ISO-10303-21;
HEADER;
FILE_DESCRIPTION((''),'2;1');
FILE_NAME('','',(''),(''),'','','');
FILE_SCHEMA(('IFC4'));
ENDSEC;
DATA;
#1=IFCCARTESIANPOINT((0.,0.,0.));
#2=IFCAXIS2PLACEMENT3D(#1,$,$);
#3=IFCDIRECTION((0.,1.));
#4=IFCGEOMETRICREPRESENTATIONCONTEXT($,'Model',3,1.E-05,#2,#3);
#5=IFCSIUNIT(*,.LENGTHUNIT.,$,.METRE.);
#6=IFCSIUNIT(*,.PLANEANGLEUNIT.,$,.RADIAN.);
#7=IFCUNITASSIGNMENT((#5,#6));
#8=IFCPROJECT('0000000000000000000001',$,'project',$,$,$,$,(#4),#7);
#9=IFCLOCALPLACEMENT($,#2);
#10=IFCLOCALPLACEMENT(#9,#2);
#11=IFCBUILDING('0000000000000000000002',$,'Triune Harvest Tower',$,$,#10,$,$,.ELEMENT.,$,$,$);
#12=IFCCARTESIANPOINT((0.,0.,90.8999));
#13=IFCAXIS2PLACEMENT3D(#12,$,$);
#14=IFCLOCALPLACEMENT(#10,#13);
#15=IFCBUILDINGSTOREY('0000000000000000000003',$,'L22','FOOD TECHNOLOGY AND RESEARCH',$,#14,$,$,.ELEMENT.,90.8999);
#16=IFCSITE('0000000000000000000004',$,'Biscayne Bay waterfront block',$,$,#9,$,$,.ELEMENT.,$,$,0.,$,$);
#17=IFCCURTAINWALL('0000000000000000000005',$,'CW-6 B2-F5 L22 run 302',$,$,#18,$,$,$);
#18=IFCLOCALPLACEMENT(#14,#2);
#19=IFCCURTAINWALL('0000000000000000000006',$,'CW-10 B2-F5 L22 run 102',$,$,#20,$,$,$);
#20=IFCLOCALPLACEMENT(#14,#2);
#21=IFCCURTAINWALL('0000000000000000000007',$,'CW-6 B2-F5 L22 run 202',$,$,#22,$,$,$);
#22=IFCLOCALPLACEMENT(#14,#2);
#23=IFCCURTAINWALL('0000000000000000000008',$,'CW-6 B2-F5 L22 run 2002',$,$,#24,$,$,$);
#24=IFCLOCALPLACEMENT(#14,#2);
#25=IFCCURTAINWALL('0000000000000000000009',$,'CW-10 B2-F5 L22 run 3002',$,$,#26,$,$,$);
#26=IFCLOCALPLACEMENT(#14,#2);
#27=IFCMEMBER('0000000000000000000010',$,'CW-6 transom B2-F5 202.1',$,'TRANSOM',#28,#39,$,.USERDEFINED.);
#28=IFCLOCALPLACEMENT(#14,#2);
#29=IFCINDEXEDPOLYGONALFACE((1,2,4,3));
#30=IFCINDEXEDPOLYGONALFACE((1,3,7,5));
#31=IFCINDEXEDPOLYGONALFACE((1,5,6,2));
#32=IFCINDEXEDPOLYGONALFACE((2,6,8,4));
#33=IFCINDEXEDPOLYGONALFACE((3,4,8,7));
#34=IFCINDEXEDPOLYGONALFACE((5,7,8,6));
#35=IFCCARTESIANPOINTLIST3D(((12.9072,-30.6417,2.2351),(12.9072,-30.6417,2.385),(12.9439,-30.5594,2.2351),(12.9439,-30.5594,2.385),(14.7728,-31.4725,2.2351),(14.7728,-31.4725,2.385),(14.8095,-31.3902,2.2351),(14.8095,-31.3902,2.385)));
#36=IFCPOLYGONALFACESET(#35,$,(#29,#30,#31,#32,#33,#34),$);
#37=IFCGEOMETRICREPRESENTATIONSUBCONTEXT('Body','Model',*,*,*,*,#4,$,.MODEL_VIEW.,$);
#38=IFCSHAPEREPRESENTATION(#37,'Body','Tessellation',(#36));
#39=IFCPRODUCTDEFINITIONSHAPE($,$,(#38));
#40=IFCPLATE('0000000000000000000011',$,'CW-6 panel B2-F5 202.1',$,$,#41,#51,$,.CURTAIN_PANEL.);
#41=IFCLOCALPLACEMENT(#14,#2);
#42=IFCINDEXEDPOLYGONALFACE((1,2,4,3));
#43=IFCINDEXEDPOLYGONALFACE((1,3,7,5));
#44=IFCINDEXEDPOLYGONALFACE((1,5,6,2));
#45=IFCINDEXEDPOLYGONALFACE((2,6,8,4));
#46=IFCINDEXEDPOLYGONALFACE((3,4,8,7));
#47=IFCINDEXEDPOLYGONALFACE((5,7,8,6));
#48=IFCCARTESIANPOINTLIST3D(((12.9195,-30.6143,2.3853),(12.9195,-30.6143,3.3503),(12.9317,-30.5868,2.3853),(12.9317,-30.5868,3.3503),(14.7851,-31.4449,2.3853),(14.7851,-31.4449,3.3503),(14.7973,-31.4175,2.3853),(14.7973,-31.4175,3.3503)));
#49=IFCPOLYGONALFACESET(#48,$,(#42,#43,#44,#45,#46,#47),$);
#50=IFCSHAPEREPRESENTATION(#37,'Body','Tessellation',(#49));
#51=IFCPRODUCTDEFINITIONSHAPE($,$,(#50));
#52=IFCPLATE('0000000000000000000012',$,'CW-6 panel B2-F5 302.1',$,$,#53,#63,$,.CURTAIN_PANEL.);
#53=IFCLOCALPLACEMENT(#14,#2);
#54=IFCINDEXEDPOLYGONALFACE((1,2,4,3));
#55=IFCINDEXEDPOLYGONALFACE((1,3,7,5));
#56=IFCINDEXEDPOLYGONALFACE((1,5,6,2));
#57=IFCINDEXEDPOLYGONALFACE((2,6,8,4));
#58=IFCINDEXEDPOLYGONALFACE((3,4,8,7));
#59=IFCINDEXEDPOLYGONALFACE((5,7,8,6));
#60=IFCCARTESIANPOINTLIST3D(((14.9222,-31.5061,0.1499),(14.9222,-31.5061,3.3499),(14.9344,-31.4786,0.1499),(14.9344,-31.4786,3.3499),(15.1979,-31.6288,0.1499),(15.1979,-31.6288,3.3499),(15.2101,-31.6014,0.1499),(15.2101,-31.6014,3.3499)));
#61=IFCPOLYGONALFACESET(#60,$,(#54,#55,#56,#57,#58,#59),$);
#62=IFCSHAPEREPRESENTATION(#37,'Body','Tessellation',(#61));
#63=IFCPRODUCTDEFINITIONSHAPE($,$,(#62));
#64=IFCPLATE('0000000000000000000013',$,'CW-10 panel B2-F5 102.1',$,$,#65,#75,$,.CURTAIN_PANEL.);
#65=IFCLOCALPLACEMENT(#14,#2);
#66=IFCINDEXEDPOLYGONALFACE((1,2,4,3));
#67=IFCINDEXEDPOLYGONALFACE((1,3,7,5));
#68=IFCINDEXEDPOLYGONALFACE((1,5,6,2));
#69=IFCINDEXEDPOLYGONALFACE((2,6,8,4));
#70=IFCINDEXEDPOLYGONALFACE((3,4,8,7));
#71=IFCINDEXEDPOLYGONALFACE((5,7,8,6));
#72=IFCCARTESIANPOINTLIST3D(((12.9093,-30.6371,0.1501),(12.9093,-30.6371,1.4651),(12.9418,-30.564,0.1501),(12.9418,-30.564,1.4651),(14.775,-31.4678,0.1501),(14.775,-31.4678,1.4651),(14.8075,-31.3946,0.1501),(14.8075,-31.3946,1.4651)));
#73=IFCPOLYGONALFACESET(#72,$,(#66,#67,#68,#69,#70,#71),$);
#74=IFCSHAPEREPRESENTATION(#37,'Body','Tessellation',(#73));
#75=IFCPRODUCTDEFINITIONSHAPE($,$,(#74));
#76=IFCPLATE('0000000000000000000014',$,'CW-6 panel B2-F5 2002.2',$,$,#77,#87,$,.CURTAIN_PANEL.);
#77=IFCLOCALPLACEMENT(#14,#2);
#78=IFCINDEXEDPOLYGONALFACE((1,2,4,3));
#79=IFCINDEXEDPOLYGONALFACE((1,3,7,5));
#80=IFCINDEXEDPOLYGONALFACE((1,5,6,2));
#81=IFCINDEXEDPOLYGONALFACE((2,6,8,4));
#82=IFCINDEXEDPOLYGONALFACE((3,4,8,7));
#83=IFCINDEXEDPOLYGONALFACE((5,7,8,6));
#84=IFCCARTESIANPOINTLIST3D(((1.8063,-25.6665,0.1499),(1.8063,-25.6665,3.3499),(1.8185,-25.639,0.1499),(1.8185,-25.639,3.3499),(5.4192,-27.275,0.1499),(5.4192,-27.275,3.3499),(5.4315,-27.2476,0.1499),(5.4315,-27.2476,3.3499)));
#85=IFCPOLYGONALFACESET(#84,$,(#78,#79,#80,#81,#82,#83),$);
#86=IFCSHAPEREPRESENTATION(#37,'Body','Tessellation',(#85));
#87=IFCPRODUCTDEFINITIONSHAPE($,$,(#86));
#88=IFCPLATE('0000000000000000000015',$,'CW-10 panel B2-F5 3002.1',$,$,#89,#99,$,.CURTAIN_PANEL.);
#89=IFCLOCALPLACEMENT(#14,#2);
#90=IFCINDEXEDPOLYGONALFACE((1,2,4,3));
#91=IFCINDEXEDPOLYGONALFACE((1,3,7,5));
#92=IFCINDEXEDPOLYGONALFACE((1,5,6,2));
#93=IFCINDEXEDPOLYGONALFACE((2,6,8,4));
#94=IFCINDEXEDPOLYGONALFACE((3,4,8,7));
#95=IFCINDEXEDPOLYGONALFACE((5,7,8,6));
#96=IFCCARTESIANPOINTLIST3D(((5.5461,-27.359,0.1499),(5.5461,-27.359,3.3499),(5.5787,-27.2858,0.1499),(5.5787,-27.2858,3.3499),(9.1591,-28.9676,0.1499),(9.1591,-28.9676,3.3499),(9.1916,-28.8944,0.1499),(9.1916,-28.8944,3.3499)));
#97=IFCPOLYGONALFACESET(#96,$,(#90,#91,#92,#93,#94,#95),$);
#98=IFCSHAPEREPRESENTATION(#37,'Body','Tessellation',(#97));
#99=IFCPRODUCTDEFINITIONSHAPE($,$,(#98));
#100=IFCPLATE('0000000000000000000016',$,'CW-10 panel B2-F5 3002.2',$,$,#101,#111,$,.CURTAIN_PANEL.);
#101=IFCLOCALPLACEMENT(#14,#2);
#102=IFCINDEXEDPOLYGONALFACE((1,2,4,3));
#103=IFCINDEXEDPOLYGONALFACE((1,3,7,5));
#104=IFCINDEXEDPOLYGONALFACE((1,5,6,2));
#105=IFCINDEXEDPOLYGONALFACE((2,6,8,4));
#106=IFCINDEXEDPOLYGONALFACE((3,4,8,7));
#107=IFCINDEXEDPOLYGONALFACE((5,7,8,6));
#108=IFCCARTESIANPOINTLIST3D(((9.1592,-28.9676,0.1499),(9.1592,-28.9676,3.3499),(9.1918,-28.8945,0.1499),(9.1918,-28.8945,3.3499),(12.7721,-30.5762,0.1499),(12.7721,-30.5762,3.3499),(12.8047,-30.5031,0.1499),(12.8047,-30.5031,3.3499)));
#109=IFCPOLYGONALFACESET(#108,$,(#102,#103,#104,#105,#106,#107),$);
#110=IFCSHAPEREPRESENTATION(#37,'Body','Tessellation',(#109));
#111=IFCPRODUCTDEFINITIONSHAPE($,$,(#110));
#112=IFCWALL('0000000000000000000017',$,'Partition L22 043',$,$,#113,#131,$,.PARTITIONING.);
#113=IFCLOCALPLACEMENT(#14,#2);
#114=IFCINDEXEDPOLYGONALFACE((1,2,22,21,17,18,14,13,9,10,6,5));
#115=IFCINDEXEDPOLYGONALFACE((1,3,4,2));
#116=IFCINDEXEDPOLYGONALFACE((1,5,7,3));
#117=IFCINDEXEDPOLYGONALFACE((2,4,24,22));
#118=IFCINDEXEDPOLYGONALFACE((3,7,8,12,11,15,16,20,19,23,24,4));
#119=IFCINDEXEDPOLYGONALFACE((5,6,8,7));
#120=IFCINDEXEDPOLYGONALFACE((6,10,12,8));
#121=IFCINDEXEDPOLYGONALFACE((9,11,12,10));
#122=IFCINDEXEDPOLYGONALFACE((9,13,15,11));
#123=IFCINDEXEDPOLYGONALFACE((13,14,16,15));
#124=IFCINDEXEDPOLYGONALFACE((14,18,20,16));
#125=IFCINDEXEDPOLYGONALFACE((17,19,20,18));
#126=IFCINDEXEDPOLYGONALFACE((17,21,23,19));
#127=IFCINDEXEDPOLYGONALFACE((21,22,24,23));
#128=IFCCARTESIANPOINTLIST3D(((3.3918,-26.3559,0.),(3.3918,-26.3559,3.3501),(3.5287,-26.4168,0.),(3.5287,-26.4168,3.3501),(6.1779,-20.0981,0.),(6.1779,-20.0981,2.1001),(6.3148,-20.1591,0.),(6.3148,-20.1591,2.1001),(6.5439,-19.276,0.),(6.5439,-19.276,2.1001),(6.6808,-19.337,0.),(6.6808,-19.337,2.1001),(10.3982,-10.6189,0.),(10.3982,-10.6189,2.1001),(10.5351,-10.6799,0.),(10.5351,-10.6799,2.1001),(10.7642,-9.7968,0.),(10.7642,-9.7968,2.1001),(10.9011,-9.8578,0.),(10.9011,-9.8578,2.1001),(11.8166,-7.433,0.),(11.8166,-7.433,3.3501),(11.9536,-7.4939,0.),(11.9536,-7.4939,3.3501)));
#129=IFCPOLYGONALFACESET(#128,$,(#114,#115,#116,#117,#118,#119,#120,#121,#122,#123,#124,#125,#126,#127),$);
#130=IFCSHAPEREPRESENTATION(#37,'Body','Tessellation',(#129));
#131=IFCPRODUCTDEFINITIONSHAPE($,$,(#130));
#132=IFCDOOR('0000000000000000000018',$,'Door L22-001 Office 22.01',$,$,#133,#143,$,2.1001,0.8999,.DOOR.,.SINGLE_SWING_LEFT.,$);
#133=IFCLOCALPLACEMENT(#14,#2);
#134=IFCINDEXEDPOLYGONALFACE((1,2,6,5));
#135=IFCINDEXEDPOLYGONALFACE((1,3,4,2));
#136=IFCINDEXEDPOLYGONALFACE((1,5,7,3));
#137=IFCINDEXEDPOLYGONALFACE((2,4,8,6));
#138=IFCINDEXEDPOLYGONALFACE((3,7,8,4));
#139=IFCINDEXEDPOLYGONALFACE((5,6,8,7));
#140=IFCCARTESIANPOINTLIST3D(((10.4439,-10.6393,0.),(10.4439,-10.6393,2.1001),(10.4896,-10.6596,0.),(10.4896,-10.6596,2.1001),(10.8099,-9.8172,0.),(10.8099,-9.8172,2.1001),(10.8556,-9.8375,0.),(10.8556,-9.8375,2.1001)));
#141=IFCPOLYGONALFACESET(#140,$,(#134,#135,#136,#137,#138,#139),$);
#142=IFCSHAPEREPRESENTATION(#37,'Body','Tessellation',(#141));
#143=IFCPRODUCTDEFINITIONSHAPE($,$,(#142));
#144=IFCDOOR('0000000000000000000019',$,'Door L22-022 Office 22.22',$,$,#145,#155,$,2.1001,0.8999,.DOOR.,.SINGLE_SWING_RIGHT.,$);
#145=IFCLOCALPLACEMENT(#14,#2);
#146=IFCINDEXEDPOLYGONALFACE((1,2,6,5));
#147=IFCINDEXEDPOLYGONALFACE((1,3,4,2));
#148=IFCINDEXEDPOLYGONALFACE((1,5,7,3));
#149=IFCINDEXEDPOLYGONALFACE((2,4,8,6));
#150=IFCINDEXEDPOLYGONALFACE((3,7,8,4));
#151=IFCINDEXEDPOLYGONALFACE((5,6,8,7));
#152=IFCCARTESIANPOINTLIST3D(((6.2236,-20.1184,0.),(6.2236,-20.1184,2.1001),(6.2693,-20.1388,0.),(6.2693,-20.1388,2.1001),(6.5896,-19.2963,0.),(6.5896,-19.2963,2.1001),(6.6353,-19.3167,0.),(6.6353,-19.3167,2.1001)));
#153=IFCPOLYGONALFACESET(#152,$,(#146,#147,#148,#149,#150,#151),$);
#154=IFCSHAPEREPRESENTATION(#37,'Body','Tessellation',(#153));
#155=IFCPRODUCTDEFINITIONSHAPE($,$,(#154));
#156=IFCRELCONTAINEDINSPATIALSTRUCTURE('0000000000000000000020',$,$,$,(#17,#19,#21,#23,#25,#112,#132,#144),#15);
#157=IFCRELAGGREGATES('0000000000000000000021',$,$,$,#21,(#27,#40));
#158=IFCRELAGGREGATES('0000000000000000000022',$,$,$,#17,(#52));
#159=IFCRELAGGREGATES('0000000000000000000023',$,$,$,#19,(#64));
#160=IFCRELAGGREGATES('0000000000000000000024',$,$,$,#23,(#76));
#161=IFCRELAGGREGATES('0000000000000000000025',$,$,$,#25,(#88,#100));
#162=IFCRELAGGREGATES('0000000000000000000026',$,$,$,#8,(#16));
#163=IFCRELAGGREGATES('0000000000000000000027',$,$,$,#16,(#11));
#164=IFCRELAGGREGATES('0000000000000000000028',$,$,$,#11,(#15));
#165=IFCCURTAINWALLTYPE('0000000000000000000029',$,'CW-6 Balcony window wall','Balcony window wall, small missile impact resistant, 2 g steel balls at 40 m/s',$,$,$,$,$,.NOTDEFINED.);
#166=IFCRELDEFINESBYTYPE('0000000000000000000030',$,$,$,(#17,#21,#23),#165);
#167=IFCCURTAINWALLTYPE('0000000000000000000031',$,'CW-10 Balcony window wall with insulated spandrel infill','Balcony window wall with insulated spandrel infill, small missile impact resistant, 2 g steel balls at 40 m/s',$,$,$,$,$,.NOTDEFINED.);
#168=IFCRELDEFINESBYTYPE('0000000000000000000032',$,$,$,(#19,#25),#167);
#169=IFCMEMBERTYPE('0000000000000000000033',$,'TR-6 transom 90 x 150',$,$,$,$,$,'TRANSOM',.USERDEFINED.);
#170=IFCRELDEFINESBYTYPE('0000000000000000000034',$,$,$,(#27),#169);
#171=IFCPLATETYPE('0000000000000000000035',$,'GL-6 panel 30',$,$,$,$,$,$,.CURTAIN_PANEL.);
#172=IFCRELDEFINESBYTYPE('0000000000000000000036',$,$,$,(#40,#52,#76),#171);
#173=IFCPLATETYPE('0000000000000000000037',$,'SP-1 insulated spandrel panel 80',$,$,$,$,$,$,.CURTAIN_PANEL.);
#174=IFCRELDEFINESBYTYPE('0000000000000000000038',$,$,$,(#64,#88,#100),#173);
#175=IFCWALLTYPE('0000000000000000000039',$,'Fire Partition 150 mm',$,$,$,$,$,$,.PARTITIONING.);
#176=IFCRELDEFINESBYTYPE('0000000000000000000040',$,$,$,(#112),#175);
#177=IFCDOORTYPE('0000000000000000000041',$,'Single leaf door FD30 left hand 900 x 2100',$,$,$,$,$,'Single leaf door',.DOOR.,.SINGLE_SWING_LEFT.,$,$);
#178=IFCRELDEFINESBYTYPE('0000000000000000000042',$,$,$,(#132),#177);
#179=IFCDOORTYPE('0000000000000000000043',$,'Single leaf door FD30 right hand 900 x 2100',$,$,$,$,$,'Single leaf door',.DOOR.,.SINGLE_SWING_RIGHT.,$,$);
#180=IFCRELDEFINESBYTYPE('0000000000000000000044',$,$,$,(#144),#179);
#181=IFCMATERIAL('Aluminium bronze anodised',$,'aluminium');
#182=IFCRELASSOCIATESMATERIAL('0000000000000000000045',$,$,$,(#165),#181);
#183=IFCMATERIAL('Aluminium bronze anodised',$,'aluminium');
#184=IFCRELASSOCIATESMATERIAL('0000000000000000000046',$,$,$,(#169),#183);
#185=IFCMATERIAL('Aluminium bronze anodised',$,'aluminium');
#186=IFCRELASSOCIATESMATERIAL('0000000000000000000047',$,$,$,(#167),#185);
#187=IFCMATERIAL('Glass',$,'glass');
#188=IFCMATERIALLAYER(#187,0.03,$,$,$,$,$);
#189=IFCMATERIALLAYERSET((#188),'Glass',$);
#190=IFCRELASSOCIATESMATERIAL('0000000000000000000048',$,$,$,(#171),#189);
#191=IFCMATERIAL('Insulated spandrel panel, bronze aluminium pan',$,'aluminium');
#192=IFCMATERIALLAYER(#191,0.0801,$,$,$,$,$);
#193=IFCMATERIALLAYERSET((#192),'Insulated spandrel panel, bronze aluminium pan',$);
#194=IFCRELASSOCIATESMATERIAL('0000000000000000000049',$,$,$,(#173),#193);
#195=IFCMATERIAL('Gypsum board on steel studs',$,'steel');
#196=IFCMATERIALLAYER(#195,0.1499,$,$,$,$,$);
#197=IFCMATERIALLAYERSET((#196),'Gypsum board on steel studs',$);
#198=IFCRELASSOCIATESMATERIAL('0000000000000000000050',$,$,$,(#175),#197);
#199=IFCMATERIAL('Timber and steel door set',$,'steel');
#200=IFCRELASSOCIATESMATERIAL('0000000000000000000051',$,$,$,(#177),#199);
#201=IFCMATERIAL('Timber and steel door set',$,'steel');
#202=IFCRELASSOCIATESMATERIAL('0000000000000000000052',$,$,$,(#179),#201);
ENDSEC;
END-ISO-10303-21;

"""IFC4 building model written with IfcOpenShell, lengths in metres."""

from ifc_helpers import new_model, si_unit, direction, frame, frame_2d, origin, origin_2d, place, context, subcontext, project, spatial, rectangle, extrude, source, transform, mapped, material, layer, layer_set, material_profile, profile_set, type_object, element, fill, aggregate, save


model = new_model("IFC4")

# Units and contexts
model_context = context("Model", 3, precision=1e-05, world=origin(), true_north=direction((0.0, 1.0)))
body_context = subcontext(model_context, "Body", "Model", "MODEL_VIEW")
ifc_project = project(units=[si_unit("LENGTHUNIT", "METRE"), si_unit("PLANEANGLEUNIT", "RADIAN")], contexts=[model_context])

# Site, building, storey
site_placement = place(None, origin())
site = spatial("IfcSite", under=ifc_project, at=site_placement, Name="Biscayne Bay waterfront block", CompositionType="ELEMENT", RefElevation=0.0)
building_placement = place(site_placement, origin())
building = spatial("IfcBuilding", under=site, at=building_placement, Name="Triune Harvest Tower", CompositionType="ELEMENT")
storey_placement = place(building_placement, frame((0.0, 0.0, 90.8999)))
storey = spatial("IfcBuildingStorey", under=building, at=storey_placement, Name="L22", Description="FOOD TECHNOLOGY AND RESEARCH", CompositionType="ELEMENT", Elevation=90.8999)

# Curtain wall
ifc_material_1 = material(Name="Aluminium bronze anodised", Category="aluminium")
curtain_wall_type_1 = type_object("IfcCurtainWallType", Name="CW-6 Balcony window wall", Description="Balcony window wall, small missile impact resistant, 2 g steel balls at 40 m/s", PredefinedType="NOTDEFINED", material=ifc_material_1)
curtain_wall_1_placement = place(storey_placement, origin())
curtain_wall_1 = element("IfcCurtainWall", 1, at=curtain_wall_1_placement, inside=storey, type_object=curtain_wall_type_1, Name="CW-6 B2-F5 L22 run 302")
ifc_material_2 = material(Name="Aluminium bronze anodised", Category="aluminium")
ifc_material_profile_1 = material_profile(ifc_material_2, rectangle(XDim=0.0901, YDim=0.1499, at=origin_2d()), Name="TR-6 transom 90 x 150")
ifc_profile_set_1 = profile_set([ifc_material_profile_1], Name="Aluminium bronze anodised")
member_type_1 = type_object("IfcMemberType", Name="TR-6 transom 90 x 150", ElementType="TRANSOM", PredefinedType="USERDEFINED", material=ifc_profile_set_1)

# Curtain walls
ifc_material_3 = material(Name="Aluminium bronze anodised", Category="aluminium")
curtain_wall_type_2 = type_object("IfcCurtainWallType", Name="CW-10 Balcony window wall with insulated spandrel infill", Description="Balcony window wall with insulated spandrel infill, small missile impact resistant, 2 g steel balls at 40 m/s", PredefinedType="NOTDEFINED", material=ifc_material_3)
curtain_wall_2_placement = place(storey_placement, origin())
curtain_wall_2 = element("IfcCurtainWall", 2, at=curtain_wall_2_placement, inside=storey, type_object=curtain_wall_type_2, Name="CW-10 B2-F5 L22 run 102")
curtain_wall_3_placement = place(storey_placement, origin())
curtain_wall_3 = element("IfcCurtainWall", 3, at=curtain_wall_3_placement, inside=storey, type_object=curtain_wall_type_1, Name="CW-6 B2-F5 L22 run 202")

# Curtain wall
curtain_wall_4_placement = place(storey_placement, origin())
curtain_wall_4 = element("IfcCurtainWall", 4, at=curtain_wall_4_placement, inside=storey, type_object=curtain_wall_type_1, Name="CW-6 B2-F5 L22 run 2002")

# Curtain wall
curtain_wall_5_placement = place(storey_placement, origin())
curtain_wall_5 = element("IfcCurtainWall", 5, at=curtain_wall_5_placement, inside=storey, type_object=curtain_wall_type_2, Name="CW-10 B2-F5 L22 run 3002")

# Member
shared_shape_1 = source(origin(), body_context, "Body", "SweptSolid", [
    extrude(rectangle(XDim=0.0901, YDim=0.1499, at=origin_2d()), origin(), (0.0, 0.0, 1.0), 2.0422),
])
member_1_placement = place(storey_placement, frame((12.9255, -30.6006, 2.3101), z_axis=(0.91352, -0.406793, 0.0), x_axis=(0.406793, 0.91352, 0.0)))
member_1 = element("IfcMember", 6, at=member_1_placement, type_object=member_type_1, Name="CW-6 transom B2-F5 202.1", ObjectType="TRANSOM", PredefinedType="USERDEFINED", context=body_context, shape_type="MappedRepresentation", body=[
    mapped(shared_shape_1, transform((0.0, 0.0, 0.0), scale=1.0)),
])

# Plates
ifc_material_4 = material(Name="Glass", Category="glass")
ifc_layer_1 = layer(ifc_material_4, 0.03)
ifc_layer_set_1 = layer_set([ifc_layer_1], Name="Glass")
plate_type_1 = type_object("IfcPlateType", Name="GL-6 panel 30", PredefinedType="CURTAIN_PANEL", material=ifc_layer_set_1)
plate_1_placement = place(storey_placement, frame((13.8584, -31.0159, 2.3853), z_axis=(0.0, 0.0, 1.0), x_axis=(0.913546, -0.406735, 0.0)))
plate_1 = element("IfcPlate", 7, at=plate_1_placement, type_object=plate_type_1, Name="CW-6 panel B2-F5 202.1", PredefinedType="CURTAIN_PANEL", context=body_context, shape_type="SweptSolid", body=[
    extrude(rectangle(XDim=2.0422, YDim=0.03, at=origin_2d()), origin(), (0.0, 0.0, 1.0), 0.9651),
])
aggregate(curtain_wall_3, [member_1, plate_1])
plate_2_placement = place(storey_placement, frame((15.0662, -31.5537, 0.1499), z_axis=(0.0, 0.0, 1.0), x_axis=(0.913538, -0.406754, 0.0)))
plate_2 = element("IfcPlate", 8, at=plate_2_placement, type_object=plate_type_1, Name="CW-6 panel B2-F5 302.1", PredefinedType="CURTAIN_PANEL", context=body_context, shape_type="SweptSolid", body=[
    extrude(rectangle(XDim=0.3018, YDim=0.03, at=origin_2d()), origin(), (0.0, 0.0, 1.0), 3.2),
])
aggregate(curtain_wall_1, [plate_2])
ifc_material_5 = material(Name="Insulated spandrel panel, bronze aluminium pan", Category="aluminium")
ifc_layer_2 = layer(ifc_material_5, 0.0801)
ifc_layer_set_2 = layer_set([ifc_layer_2], Name="Insulated spandrel panel, bronze aluminium pan")
plate_type_2 = type_object("IfcPlateType", Name="SP-1 insulated spandrel panel 80", PredefinedType="CURTAIN_PANEL", material=ifc_layer_set_2)
plate_3_placement = place(storey_placement, frame((13.8584, -31.0159, 0.1501), z_axis=(0.0, 0.0, 1.0), x_axis=(0.913546, -0.406735, 0.0)))
plate_3 = element("IfcPlate", 9, at=plate_3_placement, type_object=plate_type_2, Name="CW-10 panel B2-F5 102.1", PredefinedType="CURTAIN_PANEL", context=body_context, shape_type="SweptSolid", body=[
    extrude(rectangle(XDim=2.0422, YDim=0.0801, at=origin_2d()), origin(), (0.0, 0.0, 1.0), 1.3149),
])
aggregate(curtain_wall_2, [plate_3])
shared_shape_2 = source(origin(), body_context, "Body", "SweptSolid", [
    extrude(rectangle(XDim=3.9548, YDim=0.03, at=origin_2d()), origin(), (0.0, 0.0, 1.0), 3.2),
])
plate_4_placement = place(storey_placement, frame((3.6189, -26.457, 0.1499), z_axis=(0.0, 0.0, 1.0), x_axis=(0.913544, -0.406739, 0.0)))
plate_4 = element("IfcPlate", 10, at=plate_4_placement, type_object=plate_type_1, Name="CW-6 panel B2-F5 2002.2", PredefinedType="CURTAIN_PANEL", context=body_context, shape_type="MappedRepresentation", body=[
    mapped(shared_shape_2, transform((0.0, 0.0, 0.0), scale=1.0)),
])
aggregate(curtain_wall_4, [plate_4])
shared_shape_3 = source(origin(), body_context, "Body", "SweptSolid", [
    extrude(rectangle(XDim=3.9548, YDim=0.0801, at=origin_2d()), origin(), (0.0, 0.0, 1.0), 3.2),
])
plate_5_placement = place(storey_placement, frame((7.3689, -28.1267, 0.1499), z_axis=(0.0, 0.0, 1.0), x_axis=(0.913546, -0.406735, 0.0)))
plate_5 = element("IfcPlate", 11, at=plate_5_placement, type_object=plate_type_2, Name="CW-10 panel B2-F5 3002.1", PredefinedType="CURTAIN_PANEL", context=body_context, shape_type="MappedRepresentation", body=[
    mapped(shared_shape_3, transform((0.0, 0.0, 0.0), scale=1.0)),
])
plate_6_placement = place(storey_placement, frame((10.9819, -29.7354, 0.1499), z_axis=(0.0, 0.0, 1.0), x_axis=(0.913546, -0.406735, 0.0)))
plate_6 = element("IfcPlate", 12, at=plate_6_placement, type_object=plate_type_2, Name="CW-10 panel B2-F5 3002.2", PredefinedType="CURTAIN_PANEL", context=body_context, shape_type="MappedRepresentation", body=[
    mapped(shared_shape_3, transform((0.0, 0.0, 0.0), scale=1.0)),
])
aggregate(curtain_wall_5, [plate_5, plate_6])

# Wall, openings, doors
ifc_material_6 = material(Name="Gypsum board on steel studs", Category="steel")
ifc_layer_3 = layer(ifc_material_6, 0.1499)
ifc_layer_set_3 = layer_set([ifc_layer_3], Name="Gypsum board on steel studs")
wall_type = type_object("IfcWallType", Name="Fire Partition 150 mm", PredefinedType="PARTITIONING", material=ifc_layer_set_3)
wall_1_placement = place(storey_placement, frame((3.4602, -26.3865, 0.0), z_axis=(0.0, 0.0, 1.0), x_axis=(0.406729, 0.913549, 0.0)))
wall_1 = element("IfcWall", 13, at=wall_1_placement, inside=storey, type_object=wall_type, Name="Partition L22 043", PredefinedType="PARTITIONING", context=body_context, shape_type="SweptSolid", body=[
    extrude(rectangle(XDim=20.7136, YDim=0.1499, at=frame_2d((10.3569, 0.0))), origin(), (0.0, 0.0, 1.0), 3.3501),
])
opening_1_placement = place(wall_1_placement, frame((17.2263, 0.0, 0.0)))
opening_1 = element("IfcOpeningElement", 14, at=opening_1_placement, cuts=wall_1, PredefinedType="OPENING", context=body_context, shape_type="SweptSolid", body=[
    extrude(rectangle(XDim=0.8999, YDim=2.1001, at=frame_2d((0.45, 1.05))), frame((0.0, 0.085, 0.0), z_axis=(0.0, -1.0, 0.0), x_axis=(1.0, 0.0, 0.0)), (0.0, 0.0, 1.0), 0.1699),
])
opening_2_placement = place(wall_1_placement, frame((6.8501, 0.0, 0.0)))
opening_2 = element("IfcOpeningElement", 15, at=opening_2_placement, cuts=wall_1, PredefinedType="OPENING", context=body_context, shape_type="SweptSolid", body=[
    extrude(rectangle(XDim=0.8999, YDim=2.1001, at=frame_2d((0.45, 1.05))), frame((0.0, 0.085, 0.0), z_axis=(0.0, -1.0, 0.0), x_axis=(1.0, 0.0, 0.0)), (0.0, 0.0, 1.0), 0.1699),
])
ifc_material_7 = material(Name="Timber and steel door set", Category="steel")
door_type_1 = type_object("IfcDoorType", Name="Single leaf door FD30 left hand 900 x 2100", ElementType="Single leaf door", OperationType="SINGLE_SWING_LEFT", PredefinedType="DOOR", material=ifc_material_7)
door_1_placement = place(opening_1_placement, origin())
door_1 = element("IfcDoor", 16, at=door_1_placement, inside=storey, type_object=door_type_1, Name="Door L22-001 Office 22.01", OperationType="SINGLE_SWING_LEFT", OverallHeight=2.1001, OverallWidth=0.8999, PredefinedType="DOOR", context=body_context, shape_type="SweptSolid", body=[
    extrude(rectangle(XDim=0.8999, YDim=2.1001, at=frame_2d((0.45, 1.05))), frame((0.0, 0.0249, 0.0), z_axis=(0.0, -1.0, 0.0), x_axis=(1.0, 0.0, 0.0)), (0.0, 0.0, 1.0), 0.05),
])
fill(opening_1, door_1)
ifc_material_8 = material(Name="Timber and steel door set", Category="steel")
door_type_2 = type_object("IfcDoorType", Name="Single leaf door FD30 right hand 900 x 2100", ElementType="Single leaf door", OperationType="SINGLE_SWING_RIGHT", PredefinedType="DOOR", material=ifc_material_8)
door_2_placement = place(opening_2_placement, origin())
door_2 = element("IfcDoor", 17, at=door_2_placement, inside=storey, type_object=door_type_2, Name="Door L22-022 Office 22.22", OperationType="SINGLE_SWING_RIGHT", OverallHeight=2.1001, OverallWidth=0.8999, PredefinedType="DOOR", context=body_context, shape_type="SweptSolid", body=[
    extrude(rectangle(XDim=0.8999, YDim=2.1001, at=frame_2d((0.45, 1.05))), frame((0.0, 0.0249, 0.0), z_axis=(0.0, -1.0, 0.0), x_axis=(1.0, 0.0, 0.0)), (0.0, 0.0, 1.0), 0.05),
])
fill(opening_2, door_2)

save(model, "model.ifc")
